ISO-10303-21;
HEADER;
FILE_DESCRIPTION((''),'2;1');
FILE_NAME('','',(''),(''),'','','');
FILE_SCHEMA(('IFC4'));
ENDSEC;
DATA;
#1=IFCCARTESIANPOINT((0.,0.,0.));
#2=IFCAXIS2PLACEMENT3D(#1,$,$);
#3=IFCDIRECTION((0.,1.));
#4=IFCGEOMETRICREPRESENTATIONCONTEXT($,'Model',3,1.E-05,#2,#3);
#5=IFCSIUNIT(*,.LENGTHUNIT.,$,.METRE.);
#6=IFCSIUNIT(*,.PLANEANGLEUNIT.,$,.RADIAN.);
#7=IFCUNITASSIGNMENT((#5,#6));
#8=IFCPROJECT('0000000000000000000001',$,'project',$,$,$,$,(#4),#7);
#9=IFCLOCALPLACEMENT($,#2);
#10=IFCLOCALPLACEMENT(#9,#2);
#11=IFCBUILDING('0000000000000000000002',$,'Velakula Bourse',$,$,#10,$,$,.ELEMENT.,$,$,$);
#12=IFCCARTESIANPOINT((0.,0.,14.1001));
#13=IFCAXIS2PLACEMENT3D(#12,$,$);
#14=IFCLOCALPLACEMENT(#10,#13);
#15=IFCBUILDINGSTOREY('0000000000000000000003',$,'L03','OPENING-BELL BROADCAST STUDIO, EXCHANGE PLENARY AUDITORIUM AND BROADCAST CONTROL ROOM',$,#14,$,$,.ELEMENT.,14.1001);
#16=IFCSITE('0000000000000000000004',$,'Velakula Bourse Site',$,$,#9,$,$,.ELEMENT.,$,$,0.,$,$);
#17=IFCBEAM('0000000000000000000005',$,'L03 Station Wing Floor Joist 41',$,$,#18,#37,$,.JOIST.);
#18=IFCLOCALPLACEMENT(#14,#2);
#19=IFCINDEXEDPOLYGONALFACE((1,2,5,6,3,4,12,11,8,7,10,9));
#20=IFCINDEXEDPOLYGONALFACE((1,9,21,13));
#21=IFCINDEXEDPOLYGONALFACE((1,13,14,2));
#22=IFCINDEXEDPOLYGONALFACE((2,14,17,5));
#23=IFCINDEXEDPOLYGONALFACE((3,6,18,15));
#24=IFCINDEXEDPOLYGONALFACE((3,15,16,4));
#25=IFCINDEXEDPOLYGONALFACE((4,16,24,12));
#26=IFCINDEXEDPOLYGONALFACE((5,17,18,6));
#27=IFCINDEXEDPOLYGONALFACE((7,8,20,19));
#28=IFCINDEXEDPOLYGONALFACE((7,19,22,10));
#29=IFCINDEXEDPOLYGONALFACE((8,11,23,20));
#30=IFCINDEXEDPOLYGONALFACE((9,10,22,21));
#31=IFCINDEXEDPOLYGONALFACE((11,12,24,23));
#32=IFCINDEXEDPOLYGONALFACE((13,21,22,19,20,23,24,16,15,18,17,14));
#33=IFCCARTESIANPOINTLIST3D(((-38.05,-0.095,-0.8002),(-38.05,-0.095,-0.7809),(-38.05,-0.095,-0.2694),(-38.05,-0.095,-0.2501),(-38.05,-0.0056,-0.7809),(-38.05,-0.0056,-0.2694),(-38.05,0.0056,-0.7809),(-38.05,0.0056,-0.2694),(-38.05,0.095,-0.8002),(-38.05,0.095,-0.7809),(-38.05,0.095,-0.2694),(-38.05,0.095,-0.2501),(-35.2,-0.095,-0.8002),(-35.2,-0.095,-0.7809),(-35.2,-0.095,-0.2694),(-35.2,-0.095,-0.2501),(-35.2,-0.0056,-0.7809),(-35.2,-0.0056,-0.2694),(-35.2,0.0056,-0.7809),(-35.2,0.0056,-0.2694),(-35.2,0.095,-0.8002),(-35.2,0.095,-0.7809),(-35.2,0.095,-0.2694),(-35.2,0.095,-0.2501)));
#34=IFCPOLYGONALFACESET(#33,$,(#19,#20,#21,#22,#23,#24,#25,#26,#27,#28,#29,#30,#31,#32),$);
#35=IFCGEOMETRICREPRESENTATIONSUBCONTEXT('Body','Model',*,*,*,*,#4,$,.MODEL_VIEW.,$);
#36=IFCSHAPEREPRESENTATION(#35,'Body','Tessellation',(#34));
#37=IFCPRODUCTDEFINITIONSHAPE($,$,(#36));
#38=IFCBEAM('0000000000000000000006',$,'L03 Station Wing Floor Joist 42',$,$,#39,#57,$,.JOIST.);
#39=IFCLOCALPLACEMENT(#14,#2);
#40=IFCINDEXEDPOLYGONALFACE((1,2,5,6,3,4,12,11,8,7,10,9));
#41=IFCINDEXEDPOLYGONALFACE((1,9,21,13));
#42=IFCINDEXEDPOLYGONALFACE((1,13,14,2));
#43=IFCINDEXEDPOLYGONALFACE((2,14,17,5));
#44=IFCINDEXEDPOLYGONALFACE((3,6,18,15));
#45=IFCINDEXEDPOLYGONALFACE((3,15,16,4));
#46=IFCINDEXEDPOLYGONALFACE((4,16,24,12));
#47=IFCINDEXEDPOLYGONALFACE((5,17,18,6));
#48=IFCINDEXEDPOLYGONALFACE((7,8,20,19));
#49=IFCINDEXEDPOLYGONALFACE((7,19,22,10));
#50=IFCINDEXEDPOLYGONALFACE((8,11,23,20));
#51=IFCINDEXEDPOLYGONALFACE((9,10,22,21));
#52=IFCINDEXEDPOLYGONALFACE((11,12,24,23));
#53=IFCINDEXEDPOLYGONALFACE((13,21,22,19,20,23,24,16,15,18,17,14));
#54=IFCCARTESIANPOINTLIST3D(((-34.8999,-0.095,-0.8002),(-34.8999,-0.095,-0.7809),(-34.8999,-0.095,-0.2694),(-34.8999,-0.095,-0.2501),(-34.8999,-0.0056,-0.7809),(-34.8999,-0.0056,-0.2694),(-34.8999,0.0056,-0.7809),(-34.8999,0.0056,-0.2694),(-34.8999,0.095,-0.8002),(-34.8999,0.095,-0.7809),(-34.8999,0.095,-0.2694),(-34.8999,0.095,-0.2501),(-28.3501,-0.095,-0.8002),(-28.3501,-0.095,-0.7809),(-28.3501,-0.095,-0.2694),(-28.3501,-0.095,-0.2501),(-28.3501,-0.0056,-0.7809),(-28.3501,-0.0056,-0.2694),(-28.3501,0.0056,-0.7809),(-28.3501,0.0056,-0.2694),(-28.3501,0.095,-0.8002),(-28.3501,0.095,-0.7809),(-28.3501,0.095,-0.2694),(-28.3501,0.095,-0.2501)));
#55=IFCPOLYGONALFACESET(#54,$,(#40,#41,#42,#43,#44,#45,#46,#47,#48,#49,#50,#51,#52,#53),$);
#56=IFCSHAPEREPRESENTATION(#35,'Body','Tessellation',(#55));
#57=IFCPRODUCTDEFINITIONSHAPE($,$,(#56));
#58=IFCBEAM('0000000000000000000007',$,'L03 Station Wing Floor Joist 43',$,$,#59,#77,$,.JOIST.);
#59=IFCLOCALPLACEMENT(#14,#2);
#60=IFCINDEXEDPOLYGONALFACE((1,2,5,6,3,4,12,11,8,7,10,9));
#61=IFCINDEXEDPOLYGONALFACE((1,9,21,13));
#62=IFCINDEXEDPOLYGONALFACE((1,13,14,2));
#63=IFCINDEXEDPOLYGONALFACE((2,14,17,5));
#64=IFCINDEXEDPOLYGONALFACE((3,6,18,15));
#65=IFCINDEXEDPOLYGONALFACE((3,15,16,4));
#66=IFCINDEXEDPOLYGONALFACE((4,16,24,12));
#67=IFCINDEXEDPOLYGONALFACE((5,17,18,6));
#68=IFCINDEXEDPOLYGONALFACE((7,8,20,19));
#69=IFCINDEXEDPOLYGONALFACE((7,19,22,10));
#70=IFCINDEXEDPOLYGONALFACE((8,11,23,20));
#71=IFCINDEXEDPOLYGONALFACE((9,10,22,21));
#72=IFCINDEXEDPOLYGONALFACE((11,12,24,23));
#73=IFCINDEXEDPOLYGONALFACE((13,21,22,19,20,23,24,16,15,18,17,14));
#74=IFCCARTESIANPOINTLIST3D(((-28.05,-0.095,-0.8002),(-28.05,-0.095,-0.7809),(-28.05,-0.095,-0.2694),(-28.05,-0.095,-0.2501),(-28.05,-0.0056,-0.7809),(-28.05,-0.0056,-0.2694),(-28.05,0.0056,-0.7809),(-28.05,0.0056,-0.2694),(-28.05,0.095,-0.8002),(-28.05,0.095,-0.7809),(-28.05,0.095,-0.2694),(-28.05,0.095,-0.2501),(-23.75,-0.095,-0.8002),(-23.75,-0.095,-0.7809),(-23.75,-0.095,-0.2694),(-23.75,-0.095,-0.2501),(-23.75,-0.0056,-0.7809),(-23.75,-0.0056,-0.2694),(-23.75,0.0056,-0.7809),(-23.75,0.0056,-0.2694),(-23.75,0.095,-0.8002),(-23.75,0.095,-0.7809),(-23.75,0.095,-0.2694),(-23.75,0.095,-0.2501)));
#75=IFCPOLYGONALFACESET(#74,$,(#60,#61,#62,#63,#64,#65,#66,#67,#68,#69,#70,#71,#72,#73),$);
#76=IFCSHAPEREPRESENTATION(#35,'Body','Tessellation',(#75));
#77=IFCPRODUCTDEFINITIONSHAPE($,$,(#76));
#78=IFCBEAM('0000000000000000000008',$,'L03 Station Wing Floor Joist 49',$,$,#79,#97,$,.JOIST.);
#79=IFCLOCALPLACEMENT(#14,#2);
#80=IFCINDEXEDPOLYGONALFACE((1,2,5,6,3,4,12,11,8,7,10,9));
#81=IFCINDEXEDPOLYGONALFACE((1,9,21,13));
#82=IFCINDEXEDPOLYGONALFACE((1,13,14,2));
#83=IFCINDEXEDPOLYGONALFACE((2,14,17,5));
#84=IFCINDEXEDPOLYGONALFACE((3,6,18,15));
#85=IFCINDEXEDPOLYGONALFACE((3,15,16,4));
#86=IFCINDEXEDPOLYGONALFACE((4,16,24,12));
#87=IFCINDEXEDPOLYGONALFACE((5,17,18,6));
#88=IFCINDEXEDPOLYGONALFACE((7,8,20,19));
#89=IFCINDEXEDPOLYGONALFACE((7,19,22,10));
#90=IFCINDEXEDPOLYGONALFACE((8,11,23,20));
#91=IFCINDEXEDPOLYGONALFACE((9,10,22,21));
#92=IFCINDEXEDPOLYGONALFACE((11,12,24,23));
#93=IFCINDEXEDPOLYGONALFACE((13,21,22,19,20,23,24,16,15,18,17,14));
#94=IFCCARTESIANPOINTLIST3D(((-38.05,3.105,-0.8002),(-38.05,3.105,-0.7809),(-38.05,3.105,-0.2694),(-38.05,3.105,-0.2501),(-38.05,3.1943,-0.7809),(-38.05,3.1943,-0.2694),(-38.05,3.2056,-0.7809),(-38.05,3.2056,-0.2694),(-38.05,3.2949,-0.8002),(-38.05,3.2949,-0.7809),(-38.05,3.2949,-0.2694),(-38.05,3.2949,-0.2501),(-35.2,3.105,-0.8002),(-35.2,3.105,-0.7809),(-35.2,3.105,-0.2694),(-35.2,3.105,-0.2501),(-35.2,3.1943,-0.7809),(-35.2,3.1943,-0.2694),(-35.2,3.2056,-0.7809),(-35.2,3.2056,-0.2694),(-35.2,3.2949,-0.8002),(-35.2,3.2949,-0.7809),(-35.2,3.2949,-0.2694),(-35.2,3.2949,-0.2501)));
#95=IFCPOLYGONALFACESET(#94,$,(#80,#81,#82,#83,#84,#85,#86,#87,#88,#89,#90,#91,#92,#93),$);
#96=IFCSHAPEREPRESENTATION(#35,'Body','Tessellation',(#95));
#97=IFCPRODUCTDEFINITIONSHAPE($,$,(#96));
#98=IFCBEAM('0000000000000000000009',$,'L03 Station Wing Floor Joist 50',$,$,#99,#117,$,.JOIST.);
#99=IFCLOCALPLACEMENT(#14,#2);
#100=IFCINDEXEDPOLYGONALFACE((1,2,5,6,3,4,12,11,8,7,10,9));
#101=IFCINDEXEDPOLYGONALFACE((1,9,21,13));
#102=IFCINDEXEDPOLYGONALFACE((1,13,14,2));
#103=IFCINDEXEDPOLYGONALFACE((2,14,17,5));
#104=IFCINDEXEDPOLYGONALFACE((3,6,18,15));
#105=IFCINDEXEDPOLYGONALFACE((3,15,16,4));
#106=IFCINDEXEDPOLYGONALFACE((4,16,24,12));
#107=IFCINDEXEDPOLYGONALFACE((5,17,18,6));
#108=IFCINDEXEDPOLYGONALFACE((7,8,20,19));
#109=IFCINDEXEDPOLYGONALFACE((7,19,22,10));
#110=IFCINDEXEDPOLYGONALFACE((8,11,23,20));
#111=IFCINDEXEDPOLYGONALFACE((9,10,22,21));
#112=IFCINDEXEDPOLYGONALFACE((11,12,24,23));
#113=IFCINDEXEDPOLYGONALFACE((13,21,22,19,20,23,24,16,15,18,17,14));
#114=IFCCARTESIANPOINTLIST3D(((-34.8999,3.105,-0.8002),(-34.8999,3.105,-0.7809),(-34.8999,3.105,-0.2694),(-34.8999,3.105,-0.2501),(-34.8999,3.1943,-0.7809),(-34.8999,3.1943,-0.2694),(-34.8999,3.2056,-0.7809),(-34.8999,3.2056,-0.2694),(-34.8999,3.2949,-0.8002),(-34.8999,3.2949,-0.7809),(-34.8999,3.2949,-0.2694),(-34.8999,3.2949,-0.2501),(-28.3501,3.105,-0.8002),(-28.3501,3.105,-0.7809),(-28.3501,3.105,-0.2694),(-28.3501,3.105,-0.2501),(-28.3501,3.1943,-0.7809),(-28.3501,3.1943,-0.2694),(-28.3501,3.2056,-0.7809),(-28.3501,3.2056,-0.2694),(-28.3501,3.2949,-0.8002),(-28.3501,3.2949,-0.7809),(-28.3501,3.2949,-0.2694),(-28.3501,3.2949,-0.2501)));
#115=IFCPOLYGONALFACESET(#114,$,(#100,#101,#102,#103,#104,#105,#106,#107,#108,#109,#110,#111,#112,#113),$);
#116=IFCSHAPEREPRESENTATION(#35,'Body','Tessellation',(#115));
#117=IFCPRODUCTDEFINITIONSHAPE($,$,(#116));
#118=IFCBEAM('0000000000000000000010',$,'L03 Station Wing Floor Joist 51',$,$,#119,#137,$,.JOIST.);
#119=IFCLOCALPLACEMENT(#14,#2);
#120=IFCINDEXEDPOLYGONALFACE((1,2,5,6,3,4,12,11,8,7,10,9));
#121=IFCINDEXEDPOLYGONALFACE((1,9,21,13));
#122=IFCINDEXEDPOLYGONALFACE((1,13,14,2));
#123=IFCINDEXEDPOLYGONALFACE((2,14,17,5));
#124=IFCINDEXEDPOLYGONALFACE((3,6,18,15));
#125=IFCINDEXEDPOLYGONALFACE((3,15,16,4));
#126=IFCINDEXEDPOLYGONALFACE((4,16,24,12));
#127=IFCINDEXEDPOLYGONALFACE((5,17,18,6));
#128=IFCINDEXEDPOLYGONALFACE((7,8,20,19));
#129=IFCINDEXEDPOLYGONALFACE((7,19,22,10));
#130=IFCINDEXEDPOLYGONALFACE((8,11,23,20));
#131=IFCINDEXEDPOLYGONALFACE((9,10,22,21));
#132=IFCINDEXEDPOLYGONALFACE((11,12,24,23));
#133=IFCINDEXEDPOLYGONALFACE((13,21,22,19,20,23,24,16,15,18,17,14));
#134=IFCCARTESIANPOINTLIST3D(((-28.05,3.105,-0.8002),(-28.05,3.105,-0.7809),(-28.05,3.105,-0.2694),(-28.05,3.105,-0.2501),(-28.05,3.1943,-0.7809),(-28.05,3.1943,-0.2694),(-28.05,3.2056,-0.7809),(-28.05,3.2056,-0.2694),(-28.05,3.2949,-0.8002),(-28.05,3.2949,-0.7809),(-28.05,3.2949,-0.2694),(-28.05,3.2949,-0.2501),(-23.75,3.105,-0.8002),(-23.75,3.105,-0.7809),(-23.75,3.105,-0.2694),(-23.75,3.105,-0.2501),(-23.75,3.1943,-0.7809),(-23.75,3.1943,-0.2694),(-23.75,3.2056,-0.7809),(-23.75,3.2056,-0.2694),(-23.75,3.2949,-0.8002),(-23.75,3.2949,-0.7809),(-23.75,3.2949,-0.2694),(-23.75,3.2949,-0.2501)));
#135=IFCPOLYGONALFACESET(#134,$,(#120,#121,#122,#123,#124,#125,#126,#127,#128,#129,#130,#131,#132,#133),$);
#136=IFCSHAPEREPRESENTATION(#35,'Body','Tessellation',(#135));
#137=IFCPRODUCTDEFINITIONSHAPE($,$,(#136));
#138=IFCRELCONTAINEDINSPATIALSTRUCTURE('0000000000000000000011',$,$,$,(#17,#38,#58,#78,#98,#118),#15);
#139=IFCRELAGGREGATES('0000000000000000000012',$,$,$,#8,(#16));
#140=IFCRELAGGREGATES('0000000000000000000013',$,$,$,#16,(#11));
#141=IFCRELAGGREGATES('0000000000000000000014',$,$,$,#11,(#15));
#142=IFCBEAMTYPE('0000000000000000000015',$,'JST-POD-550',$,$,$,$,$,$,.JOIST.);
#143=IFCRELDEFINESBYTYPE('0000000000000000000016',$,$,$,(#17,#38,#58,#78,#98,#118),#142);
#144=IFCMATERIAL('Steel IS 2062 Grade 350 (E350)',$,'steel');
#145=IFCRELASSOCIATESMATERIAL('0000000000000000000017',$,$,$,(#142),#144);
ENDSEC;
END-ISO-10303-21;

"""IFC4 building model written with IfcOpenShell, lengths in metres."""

from ifc_helpers import new_model, si_unit, direction, frame, origin, origin_2d, place, context, subcontext, project, spatial, i_section, extrude, material, material_profile, profile_set, type_object, element, save


model = new_model("IFC4")

# Units and contexts
model_context = context("Model", 3, precision=1e-05, world=origin(), true_north=direction((0.0, 1.0)))
body_context = subcontext(model_context, "Body", "Model", "MODEL_VIEW")
ifc_project = project(units=[si_unit("LENGTHUNIT", "METRE"), si_unit("PLANEANGLEUNIT", "RADIAN")], contexts=[model_context])

# Site, building, storey
site_placement = place(None, origin())
site = spatial("IfcSite", under=ifc_project, at=site_placement, Name="Velakula Bourse Site", CompositionType="ELEMENT", RefElevation=0.0)
building_placement = place(site_placement, origin())
building = spatial("IfcBuilding", under=site, at=building_placement, Name="Velakula Bourse", CompositionType="ELEMENT")
storey_placement = place(building_placement, frame((0.0, 0.0, 14.1001)))
storey = spatial("IfcBuildingStorey", under=building, at=storey_placement, Name="L03", Description="OPENING-BELL BROADCAST STUDIO, EXCHANGE PLENARY AUDITORIUM AND BROADCAST CONTROL ROOM", CompositionType="ELEMENT", Elevation=14.1001)

# Beams
ifc_material_1 = material(Name="Steel IS 2062 Grade 350 (E350)", Category="steel")
ifc_material_profile_1 = material_profile(ifc_material_1, i_section(OverallWidth=0.1899, OverallDepth=0.55, WebThickness=0.0112, FlangeThickness=0.0193, at=origin_2d()), Name="Steel IS 2062 Grade 350 (E350)")
ifc_profile_set_1 = profile_set([ifc_material_profile_1], Name="Steel IS 2062 Grade 350 (E350)")
beam_type_1 = type_object("IfcBeamType", Name="JST-POD-550", PredefinedType="JOIST", material=ifc_profile_set_1)
beam_1_placement = place(storey_placement, frame((-38.05, 0.0, -0.5251), z_axis=(1.0, 0.0, 0.0), x_axis=(0.0, 1.0, 0.0)))
element("IfcBeam", 1, at=beam_1_placement, inside=storey, type_object=beam_type_1, Name="L03 Station Wing Floor Joist 41", PredefinedType="JOIST", context=body_context, shape_type="SweptSolid", body=[
    extrude(i_section(OverallWidth=0.1899, OverallDepth=0.55, WebThickness=0.0112, FlangeThickness=0.0193, at=origin_2d()), origin(), (0.0, 0.0, 1.0), 2.8501),
])
beam_2_placement = place(storey_placement, frame((-34.8999, 0.0, -0.5251), z_axis=(1.0, 0.0, 0.0), x_axis=(0.0, 1.0, 0.0)))
element("IfcBeam", 2, at=beam_2_placement, inside=storey, type_object=beam_type_1, Name="L03 Station Wing Floor Joist 42", PredefinedType="JOIST", context=body_context, shape_type="SweptSolid", body=[
    extrude(i_section(OverallWidth=0.1899, OverallDepth=0.55, WebThickness=0.0112, FlangeThickness=0.0193, at=origin_2d()), origin(), (0.0, 0.0, 1.0), 6.5498),
])
beam_3_placement = place(storey_placement, frame((-28.05, 0.0, -0.5251), z_axis=(1.0, 0.0, 0.0), x_axis=(0.0, 1.0, 0.0)))
element("IfcBeam", 3, at=beam_3_placement, inside=storey, type_object=beam_type_1, Name="L03 Station Wing Floor Joist 43", PredefinedType="JOIST", context=body_context, shape_type="SweptSolid", body=[
    extrude(i_section(OverallWidth=0.1899, OverallDepth=0.55, WebThickness=0.0112, FlangeThickness=0.0193, at=origin_2d()), origin(), (0.0, 0.0, 1.0), 4.3),
])
beam_4_placement = place(storey_placement, frame((-38.05, 3.2, -0.5251), z_axis=(1.0, 0.0, 0.0), x_axis=(0.0, 1.0, 0.0)))
element("IfcBeam", 4, at=beam_4_placement, inside=storey, type_object=beam_type_1, Name="L03 Station Wing Floor Joist 49", PredefinedType="JOIST", context=body_context, shape_type="SweptSolid", body=[
    extrude(i_section(OverallWidth=0.1899, OverallDepth=0.55, WebThickness=0.0112, FlangeThickness=0.0193, at=origin_2d()), origin(), (0.0, 0.0, 1.0), 2.8501),
])
beam_5_placement = place(storey_placement, frame((-34.8999, 3.2, -0.5251), z_axis=(1.0, 0.0, 0.0), x_axis=(0.0, 1.0, 0.0)))
element("IfcBeam", 5, at=beam_5_placement, inside=storey, type_object=beam_type_1, Name="L03 Station Wing Floor Joist 50", PredefinedType="JOIST", context=body_context, shape_type="SweptSolid", body=[
    extrude(i_section(OverallWidth=0.1899, OverallDepth=0.55, WebThickness=0.0112, FlangeThickness=0.0193, at=origin_2d()), origin(), (0.0, 0.0, 1.0), 6.5498),
])
beam_6_placement = place(storey_placement, frame((-28.05, 3.2, -0.5251), z_axis=(1.0, 0.0, 0.0), x_axis=(0.0, 1.0, 0.0)))
element("IfcBeam", 6, at=beam_6_placement, inside=storey, type_object=beam_type_1, Name="L03 Station Wing Floor Joist 51", PredefinedType="JOIST", context=body_context, shape_type="SweptSolid", body=[
    extrude(i_section(OverallWidth=0.1899, OverallDepth=0.55, WebThickness=0.0112, FlangeThickness=0.0193, at=origin_2d()), origin(), (0.0, 0.0, 1.0), 4.3),
])

save(model, "model.ifc")
